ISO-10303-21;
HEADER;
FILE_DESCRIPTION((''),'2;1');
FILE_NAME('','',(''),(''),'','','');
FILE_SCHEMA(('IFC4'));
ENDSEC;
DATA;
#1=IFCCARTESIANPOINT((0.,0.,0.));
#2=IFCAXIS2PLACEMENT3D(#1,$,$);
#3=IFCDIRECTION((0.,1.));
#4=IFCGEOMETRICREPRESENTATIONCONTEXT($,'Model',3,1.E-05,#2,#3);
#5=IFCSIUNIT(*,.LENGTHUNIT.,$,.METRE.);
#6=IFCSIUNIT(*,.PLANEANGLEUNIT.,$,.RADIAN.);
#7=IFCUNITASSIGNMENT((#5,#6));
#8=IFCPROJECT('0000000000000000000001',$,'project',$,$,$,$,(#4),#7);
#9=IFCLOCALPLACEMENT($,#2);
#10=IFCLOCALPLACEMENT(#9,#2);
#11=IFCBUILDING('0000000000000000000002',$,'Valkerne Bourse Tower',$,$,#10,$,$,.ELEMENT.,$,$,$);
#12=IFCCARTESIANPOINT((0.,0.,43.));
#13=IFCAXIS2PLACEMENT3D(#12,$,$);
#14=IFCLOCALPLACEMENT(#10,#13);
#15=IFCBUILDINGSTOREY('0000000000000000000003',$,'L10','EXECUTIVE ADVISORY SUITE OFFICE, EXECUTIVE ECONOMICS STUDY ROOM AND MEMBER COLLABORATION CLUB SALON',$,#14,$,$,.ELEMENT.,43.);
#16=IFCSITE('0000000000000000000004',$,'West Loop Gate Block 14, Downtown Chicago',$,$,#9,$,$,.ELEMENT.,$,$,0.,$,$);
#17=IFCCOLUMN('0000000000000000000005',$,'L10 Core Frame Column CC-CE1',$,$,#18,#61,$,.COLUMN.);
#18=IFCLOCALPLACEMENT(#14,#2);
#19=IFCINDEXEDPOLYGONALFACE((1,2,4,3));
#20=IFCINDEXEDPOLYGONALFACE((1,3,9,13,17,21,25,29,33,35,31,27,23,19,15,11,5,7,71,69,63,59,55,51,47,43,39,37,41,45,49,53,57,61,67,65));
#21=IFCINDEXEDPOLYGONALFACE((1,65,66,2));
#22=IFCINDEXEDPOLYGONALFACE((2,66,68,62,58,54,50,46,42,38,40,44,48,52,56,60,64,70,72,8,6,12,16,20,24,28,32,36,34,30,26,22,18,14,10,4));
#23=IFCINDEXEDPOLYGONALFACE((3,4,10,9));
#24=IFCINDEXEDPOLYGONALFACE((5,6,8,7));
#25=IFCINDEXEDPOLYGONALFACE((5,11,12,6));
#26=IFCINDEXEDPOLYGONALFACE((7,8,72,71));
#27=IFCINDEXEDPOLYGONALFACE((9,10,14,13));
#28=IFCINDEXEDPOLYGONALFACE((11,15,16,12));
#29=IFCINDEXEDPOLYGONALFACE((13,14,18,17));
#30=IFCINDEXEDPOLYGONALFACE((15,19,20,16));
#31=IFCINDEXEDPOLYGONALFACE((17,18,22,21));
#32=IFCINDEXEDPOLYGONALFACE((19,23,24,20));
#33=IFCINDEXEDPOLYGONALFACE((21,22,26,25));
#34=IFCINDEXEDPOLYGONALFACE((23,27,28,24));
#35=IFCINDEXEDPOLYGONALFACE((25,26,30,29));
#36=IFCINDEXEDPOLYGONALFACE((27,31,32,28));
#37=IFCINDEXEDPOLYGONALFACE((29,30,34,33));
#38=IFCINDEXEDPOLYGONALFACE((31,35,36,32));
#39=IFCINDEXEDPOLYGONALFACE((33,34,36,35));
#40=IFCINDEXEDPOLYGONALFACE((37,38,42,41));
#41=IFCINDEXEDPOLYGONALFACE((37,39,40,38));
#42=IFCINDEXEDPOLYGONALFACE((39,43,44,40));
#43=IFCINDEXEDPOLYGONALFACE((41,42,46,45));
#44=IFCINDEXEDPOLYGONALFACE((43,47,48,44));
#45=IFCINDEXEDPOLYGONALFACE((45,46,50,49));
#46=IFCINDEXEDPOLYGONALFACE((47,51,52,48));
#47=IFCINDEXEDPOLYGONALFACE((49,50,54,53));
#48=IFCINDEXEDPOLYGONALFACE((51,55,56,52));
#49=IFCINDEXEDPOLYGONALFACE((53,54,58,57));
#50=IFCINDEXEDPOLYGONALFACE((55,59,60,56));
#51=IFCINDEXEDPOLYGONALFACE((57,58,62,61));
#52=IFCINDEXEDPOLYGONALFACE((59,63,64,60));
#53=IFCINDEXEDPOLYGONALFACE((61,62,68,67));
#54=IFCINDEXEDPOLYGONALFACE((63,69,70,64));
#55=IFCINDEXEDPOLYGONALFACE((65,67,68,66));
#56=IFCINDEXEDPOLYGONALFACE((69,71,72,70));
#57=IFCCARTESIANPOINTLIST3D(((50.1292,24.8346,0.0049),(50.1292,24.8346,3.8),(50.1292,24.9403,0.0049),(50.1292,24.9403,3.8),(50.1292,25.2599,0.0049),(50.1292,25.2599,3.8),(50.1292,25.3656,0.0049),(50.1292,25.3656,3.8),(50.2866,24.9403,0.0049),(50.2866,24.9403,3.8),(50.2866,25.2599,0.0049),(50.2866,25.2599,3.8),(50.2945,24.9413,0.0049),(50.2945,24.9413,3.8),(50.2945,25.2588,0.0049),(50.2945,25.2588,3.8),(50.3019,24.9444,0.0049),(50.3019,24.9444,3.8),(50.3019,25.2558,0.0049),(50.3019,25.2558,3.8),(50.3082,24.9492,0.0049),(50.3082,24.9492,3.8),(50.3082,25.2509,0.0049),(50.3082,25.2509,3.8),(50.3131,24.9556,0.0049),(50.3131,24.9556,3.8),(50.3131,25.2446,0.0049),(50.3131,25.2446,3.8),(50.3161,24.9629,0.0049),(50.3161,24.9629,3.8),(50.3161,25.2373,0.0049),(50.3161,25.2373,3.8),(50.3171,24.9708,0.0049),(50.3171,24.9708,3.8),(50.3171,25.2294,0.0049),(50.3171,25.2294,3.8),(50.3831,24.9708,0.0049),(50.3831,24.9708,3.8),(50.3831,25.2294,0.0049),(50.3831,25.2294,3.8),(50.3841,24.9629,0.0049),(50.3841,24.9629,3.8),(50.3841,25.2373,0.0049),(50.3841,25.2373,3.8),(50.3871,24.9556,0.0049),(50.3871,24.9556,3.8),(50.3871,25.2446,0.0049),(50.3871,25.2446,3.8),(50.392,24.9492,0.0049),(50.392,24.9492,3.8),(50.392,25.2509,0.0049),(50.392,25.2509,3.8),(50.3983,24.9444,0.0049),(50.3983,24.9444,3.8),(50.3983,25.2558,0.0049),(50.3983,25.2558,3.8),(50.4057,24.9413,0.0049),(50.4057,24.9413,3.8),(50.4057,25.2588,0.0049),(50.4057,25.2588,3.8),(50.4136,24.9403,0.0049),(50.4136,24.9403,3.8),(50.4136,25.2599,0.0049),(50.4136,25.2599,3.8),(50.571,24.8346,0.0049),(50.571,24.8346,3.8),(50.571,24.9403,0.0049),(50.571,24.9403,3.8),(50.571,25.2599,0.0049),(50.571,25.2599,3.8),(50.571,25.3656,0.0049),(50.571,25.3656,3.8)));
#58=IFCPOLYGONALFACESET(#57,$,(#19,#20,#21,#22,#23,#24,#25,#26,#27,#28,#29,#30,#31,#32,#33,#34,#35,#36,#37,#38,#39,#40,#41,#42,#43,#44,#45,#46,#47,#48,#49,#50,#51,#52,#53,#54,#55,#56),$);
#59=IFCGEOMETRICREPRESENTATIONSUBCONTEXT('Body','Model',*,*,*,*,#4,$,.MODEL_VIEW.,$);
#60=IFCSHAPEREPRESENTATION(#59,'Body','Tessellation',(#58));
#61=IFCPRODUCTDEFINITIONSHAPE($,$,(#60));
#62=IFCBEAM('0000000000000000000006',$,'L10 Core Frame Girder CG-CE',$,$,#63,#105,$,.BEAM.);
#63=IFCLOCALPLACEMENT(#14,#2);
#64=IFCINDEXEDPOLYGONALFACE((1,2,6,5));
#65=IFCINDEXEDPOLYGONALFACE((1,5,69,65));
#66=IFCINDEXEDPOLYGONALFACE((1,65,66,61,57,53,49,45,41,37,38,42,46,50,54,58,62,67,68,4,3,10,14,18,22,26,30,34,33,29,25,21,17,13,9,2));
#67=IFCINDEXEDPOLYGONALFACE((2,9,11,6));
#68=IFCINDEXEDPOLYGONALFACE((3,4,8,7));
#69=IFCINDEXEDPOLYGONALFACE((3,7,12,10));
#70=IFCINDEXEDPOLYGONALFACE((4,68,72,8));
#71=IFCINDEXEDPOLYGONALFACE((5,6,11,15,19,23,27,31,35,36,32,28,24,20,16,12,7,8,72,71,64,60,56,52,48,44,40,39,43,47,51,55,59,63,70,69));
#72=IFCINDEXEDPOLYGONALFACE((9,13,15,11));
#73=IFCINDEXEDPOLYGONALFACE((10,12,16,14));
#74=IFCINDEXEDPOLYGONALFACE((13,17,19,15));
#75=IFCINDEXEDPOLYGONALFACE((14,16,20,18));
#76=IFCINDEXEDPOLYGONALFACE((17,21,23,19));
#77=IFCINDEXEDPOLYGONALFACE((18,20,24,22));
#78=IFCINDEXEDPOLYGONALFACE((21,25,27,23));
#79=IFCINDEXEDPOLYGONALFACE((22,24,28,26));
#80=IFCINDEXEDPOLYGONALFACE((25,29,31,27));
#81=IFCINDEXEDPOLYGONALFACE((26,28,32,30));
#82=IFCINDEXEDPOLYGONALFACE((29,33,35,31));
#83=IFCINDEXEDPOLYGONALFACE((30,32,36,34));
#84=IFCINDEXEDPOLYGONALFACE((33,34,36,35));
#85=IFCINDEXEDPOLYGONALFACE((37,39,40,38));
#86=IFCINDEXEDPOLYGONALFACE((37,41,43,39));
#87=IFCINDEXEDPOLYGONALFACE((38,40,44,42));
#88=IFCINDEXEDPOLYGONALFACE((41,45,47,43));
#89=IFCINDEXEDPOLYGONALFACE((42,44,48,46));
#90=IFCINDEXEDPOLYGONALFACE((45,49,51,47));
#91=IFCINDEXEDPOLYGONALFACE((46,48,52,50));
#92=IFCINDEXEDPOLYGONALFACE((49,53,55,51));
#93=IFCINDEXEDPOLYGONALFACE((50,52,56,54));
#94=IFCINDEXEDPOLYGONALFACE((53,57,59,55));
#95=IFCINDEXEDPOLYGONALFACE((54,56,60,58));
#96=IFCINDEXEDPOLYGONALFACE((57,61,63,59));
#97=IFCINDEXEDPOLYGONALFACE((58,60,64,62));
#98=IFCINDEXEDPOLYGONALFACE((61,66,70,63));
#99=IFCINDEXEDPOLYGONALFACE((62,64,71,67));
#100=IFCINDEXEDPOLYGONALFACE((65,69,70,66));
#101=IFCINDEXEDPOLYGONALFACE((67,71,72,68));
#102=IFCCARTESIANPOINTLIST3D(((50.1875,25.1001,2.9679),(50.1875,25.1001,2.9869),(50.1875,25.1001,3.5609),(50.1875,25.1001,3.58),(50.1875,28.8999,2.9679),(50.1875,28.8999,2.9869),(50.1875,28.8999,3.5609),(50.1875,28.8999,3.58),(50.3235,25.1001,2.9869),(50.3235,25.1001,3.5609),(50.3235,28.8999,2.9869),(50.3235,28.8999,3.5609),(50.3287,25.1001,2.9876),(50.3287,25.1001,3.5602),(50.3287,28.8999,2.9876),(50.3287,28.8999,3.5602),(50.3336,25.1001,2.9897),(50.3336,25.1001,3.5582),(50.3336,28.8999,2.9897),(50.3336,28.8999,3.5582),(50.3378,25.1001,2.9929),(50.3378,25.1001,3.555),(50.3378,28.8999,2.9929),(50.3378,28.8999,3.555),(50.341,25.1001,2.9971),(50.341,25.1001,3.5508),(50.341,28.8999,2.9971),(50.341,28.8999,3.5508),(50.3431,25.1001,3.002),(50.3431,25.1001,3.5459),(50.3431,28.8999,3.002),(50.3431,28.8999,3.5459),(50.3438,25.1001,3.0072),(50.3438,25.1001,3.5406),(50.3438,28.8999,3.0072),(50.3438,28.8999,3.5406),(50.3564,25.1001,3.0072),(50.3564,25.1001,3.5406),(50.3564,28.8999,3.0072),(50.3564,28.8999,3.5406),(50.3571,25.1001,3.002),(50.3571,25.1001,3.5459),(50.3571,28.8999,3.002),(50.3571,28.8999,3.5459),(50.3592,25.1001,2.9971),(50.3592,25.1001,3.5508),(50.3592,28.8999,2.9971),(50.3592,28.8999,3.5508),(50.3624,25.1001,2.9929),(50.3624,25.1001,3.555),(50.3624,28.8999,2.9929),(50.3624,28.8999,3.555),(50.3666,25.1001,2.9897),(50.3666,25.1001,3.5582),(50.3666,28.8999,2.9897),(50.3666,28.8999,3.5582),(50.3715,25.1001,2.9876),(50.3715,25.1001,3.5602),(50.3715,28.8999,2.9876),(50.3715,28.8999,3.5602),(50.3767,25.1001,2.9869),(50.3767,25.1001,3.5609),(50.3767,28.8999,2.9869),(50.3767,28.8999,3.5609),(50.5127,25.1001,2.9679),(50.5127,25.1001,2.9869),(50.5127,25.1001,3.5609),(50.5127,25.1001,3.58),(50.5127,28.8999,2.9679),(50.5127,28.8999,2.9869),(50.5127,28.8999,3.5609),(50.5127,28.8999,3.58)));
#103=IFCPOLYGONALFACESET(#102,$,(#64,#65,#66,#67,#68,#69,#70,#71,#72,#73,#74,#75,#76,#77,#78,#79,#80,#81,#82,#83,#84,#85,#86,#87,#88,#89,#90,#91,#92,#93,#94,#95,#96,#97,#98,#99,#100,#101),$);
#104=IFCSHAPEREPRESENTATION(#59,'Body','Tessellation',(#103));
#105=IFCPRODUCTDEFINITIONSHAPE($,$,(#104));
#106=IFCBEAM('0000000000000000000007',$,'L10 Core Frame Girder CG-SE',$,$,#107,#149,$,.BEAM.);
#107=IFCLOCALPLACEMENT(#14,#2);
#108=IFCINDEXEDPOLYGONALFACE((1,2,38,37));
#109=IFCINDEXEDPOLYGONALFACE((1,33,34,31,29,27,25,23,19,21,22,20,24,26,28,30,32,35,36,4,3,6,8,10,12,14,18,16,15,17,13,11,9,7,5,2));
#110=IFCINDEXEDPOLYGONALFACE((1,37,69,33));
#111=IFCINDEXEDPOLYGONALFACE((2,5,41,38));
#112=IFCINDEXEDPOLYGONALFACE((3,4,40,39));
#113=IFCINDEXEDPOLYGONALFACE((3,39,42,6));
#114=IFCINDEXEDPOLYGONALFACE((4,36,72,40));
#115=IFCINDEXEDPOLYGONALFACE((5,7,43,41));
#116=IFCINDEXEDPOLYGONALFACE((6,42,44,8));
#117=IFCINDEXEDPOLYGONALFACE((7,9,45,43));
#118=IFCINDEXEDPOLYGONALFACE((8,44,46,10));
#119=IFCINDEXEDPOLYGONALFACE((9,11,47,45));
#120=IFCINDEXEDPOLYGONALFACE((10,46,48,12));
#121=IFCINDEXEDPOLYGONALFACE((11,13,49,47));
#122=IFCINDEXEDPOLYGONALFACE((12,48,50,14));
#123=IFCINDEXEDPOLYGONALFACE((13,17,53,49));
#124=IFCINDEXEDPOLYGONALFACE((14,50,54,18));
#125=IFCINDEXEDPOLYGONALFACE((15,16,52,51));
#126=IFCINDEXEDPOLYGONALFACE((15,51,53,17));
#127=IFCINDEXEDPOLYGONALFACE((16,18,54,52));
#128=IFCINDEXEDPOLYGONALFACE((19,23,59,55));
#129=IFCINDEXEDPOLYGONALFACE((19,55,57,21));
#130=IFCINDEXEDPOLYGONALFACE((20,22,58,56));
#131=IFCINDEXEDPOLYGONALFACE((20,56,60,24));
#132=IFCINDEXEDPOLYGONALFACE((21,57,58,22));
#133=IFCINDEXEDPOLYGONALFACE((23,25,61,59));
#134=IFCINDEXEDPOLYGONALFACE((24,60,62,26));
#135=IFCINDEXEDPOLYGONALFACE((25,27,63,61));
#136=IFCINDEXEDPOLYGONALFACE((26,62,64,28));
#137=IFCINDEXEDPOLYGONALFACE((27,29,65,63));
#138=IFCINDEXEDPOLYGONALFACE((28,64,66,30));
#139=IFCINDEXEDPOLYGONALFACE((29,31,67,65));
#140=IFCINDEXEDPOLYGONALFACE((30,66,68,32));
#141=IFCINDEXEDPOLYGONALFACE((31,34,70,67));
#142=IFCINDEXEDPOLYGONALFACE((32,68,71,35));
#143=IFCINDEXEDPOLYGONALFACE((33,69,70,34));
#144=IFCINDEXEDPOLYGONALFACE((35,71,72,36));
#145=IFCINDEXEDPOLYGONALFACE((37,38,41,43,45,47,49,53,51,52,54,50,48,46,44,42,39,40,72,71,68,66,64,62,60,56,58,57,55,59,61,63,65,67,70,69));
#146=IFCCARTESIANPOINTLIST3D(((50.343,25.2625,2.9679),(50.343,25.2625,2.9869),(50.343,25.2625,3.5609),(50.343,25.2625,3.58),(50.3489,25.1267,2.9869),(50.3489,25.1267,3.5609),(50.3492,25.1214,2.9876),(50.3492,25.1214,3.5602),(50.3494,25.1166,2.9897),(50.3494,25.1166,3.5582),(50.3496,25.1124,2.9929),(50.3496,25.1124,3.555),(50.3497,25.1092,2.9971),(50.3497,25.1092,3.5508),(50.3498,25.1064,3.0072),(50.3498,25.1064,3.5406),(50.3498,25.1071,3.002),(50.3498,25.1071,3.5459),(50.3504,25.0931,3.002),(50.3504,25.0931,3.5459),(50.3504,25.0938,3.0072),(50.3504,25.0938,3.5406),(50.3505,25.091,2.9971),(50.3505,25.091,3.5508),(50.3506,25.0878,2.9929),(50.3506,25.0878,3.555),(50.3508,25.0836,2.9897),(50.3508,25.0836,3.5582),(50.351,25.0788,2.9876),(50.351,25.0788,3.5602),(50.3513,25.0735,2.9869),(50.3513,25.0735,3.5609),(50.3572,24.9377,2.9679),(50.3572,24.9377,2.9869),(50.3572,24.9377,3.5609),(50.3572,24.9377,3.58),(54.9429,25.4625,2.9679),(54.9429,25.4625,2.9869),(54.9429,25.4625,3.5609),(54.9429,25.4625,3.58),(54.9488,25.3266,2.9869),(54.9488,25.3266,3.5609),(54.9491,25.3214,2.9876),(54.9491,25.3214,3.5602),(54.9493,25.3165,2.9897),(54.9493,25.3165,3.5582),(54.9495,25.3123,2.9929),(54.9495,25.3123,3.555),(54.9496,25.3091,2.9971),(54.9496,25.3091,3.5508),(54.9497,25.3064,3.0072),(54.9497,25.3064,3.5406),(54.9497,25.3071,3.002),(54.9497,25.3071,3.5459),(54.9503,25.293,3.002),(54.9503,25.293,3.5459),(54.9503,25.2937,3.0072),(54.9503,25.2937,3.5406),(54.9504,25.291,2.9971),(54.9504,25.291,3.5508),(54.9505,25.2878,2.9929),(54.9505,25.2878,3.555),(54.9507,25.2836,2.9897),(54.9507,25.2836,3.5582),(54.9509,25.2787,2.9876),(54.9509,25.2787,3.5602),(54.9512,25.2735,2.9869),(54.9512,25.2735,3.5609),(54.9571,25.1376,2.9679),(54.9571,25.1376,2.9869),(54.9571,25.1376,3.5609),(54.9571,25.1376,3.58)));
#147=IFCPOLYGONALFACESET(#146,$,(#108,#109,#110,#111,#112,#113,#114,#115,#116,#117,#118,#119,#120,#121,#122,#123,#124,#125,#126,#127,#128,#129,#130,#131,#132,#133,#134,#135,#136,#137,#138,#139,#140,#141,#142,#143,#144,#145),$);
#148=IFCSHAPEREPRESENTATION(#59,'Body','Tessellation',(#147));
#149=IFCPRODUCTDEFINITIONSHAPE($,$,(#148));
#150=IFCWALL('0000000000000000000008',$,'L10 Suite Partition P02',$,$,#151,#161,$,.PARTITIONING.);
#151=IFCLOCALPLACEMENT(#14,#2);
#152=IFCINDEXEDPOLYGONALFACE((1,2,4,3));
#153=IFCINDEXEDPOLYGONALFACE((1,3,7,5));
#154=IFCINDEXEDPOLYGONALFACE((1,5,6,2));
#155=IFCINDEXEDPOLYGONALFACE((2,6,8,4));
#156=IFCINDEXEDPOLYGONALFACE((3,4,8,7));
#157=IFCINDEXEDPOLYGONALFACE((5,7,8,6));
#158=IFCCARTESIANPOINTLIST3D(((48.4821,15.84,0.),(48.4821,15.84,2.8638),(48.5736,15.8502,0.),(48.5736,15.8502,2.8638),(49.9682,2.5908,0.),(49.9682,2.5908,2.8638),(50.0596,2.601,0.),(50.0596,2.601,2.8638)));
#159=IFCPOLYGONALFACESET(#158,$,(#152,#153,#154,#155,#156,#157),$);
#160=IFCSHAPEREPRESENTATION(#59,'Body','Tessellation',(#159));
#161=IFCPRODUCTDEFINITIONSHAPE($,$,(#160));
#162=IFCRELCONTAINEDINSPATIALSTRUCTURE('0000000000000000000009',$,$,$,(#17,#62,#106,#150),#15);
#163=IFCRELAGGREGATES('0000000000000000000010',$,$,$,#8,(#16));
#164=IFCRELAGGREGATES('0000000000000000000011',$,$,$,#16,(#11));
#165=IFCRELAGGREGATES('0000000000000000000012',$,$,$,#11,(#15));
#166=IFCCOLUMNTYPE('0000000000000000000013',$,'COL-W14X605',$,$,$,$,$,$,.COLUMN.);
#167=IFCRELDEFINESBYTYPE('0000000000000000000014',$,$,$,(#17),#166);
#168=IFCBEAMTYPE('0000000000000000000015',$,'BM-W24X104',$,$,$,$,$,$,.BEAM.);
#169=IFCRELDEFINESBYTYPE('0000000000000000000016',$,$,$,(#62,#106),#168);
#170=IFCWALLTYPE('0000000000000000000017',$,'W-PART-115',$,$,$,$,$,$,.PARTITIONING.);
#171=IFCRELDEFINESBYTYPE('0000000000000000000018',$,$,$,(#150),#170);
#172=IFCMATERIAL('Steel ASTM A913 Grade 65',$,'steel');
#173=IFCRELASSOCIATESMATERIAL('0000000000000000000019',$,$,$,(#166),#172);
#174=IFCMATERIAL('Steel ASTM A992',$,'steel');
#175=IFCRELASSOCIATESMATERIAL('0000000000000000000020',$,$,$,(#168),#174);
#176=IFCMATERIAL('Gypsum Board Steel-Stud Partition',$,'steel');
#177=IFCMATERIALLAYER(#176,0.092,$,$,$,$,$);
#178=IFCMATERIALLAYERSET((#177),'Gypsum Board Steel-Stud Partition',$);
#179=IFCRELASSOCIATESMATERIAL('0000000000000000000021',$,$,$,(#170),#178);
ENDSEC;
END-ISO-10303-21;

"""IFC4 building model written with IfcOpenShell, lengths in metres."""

from ifc_helpers import new_model, si_unit, direction, frame, frame_2d, origin, origin_2d, place, context, subcontext, project, spatial, rectangle, i_section, extrude, material, layer, layer_set, material_profile, profile_set, type_object, element, save


model = new_model("IFC4")

# Units and contexts
model_context = context("Model", 3, precision=1e-05, world=origin(), true_north=direction((0.0, 1.0)))
body_context = subcontext(model_context, "Body", "Model", "MODEL_VIEW")
ifc_project = project(units=[si_unit("LENGTHUNIT", "METRE"), si_unit("PLANEANGLEUNIT", "RADIAN")], contexts=[model_context])

# Site, building, storey
site_placement = place(None, origin())
site = spatial("IfcSite", under=ifc_project, at=site_placement, Name="West Loop Gate Block 14, Downtown Chicago", CompositionType="ELEMENT", RefElevation=0.0)
building_placement = place(site_placement, origin())
building = spatial("IfcBuilding", under=site, at=building_placement, Name="Valkerne Bourse Tower", CompositionType="ELEMENT")
storey_placement = place(building_placement, frame((0.0, 0.0, 43.0)))
storey = spatial("IfcBuildingStorey", under=building, at=storey_placement, Name="L10", Description="EXECUTIVE ADVISORY SUITE OFFICE, EXECUTIVE ECONOMICS STUDY ROOM AND MEMBER COLLABORATION CLUB SALON", CompositionType="ELEMENT", Elevation=43.0)

# Column
ifc_material_1 = material(Name="Steel ASTM A913 Grade 65", Category="steel")
ifc_material_profile_1 = material_profile(ifc_material_1, i_section(OverallWidth=0.4419, OverallDepth=0.531, WebThickness=0.0659, FlangeThickness=0.1057, FilletRadius=0.0305, at=origin_2d()), Name="W14X605")
ifc_profile_set_1 = profile_set([ifc_material_profile_1], Name="Steel ASTM A913 Grade 65")
column_type = type_object("IfcColumnType", Name="COL-W14X605", PredefinedType="COLUMN", material=ifc_profile_set_1)
column_placement = place(storey_placement, frame((50.3501, 25.1001, 0.0049), z_axis=(0.0, 0.0, 1.0), x_axis=(1.0, 0.0, 0.0)))
element("IfcColumn", 1, at=column_placement, inside=storey, type_object=column_type, Name="L10 Core Frame Column CC-CE1", PredefinedType="COLUMN", context=body_context, shape_type="SweptSolid", body=[
    extrude(i_section(OverallWidth=0.4419, OverallDepth=0.531, WebThickness=0.0659, FlangeThickness=0.1057, FilletRadius=0.0305, at=origin_2d()), origin(), (0.0, 0.0, 1.0), 3.7952),
])

# Beams
ifc_material_2 = material(Name="Steel ASTM A992", Category="steel")
ifc_material_profile_2 = material_profile(ifc_material_2, i_section(OverallWidth=0.3252, OverallDepth=0.6121, WebThickness=0.0127, FlangeThickness=0.019, FilletRadius=0.0203, at=origin_2d()), Name="W24X104")
ifc_profile_set_2 = profile_set([ifc_material_profile_2], Name="Steel ASTM A992")
beam_type = type_object("IfcBeamType", Name="BM-W24X104", PredefinedType="BEAM", material=ifc_profile_set_2)
beam_1_placement = place(storey_placement, frame((50.3501, 25.1001, 3.2739), z_axis=(0.0, 1.0, 0.0), x_axis=(-1.0, 0.0, 0.0)))
element("IfcBeam", 2, at=beam_1_placement, inside=storey, type_object=beam_type, Name="L10 Core Frame Girder CG-CE", PredefinedType="BEAM", context=body_context, shape_type="SweptSolid", body=[
    extrude(i_section(OverallWidth=0.3252, OverallDepth=0.6121, WebThickness=0.0127, FlangeThickness=0.019, FilletRadius=0.0203, at=origin_2d()), origin(), (0.0, 0.0, 1.0), 3.7998),
])
beam_2_placement = place(storey_placement, frame((50.3501, 25.1001, 3.2739), z_axis=(0.999057, 0.043428, 0.0), x_axis=(-0.043428, 0.999057, 0.0)))
element("IfcBeam", 3, at=beam_2_placement, inside=storey, type_object=beam_type, Name="L10 Core Frame Girder CG-SE", PredefinedType="BEAM", context=body_context, shape_type="SweptSolid", body=[
    extrude(i_section(OverallWidth=0.3252, OverallDepth=0.6121, WebThickness=0.0127, FlangeThickness=0.019, FilletRadius=0.0203, at=origin_2d()), origin(), (0.0, 0.0, 1.0), 4.6042),
])

# Wall
ifc_material_3 = material(Name="Gypsum Board Steel-Stud Partition", Category="steel")
ifc_layer_1 = layer(ifc_material_3, 0.092)
ifc_layer_set_1 = layer_set([ifc_layer_1], Name="Gypsum Board Steel-Stud Partition")
wall_type_1 = type_object("IfcWallType", Name="W-PART-115", PredefinedType="PARTITIONING", material=ifc_layer_set_1)
wall_1_placement = place(storey_placement, frame((48.5278, 15.845, 0.0), z_axis=(0.0, 0.0, 1.0), x_axis=(0.111465, -0.993768, 0.0)))
element("IfcWall", 4, at=wall_1_placement, inside=storey, type_object=wall_type_1, Name="L10 Suite Partition P02", PredefinedType="PARTITIONING", context=body_context, shape_type="SweptSolid", body=[
    extrude(rectangle(XDim=13.3323, YDim=0.092, at=frame_2d((6.666, 0.0))), origin(), (0.0, 0.0, 1.0), 2.8638),
])

save(model, "model.ifc")
